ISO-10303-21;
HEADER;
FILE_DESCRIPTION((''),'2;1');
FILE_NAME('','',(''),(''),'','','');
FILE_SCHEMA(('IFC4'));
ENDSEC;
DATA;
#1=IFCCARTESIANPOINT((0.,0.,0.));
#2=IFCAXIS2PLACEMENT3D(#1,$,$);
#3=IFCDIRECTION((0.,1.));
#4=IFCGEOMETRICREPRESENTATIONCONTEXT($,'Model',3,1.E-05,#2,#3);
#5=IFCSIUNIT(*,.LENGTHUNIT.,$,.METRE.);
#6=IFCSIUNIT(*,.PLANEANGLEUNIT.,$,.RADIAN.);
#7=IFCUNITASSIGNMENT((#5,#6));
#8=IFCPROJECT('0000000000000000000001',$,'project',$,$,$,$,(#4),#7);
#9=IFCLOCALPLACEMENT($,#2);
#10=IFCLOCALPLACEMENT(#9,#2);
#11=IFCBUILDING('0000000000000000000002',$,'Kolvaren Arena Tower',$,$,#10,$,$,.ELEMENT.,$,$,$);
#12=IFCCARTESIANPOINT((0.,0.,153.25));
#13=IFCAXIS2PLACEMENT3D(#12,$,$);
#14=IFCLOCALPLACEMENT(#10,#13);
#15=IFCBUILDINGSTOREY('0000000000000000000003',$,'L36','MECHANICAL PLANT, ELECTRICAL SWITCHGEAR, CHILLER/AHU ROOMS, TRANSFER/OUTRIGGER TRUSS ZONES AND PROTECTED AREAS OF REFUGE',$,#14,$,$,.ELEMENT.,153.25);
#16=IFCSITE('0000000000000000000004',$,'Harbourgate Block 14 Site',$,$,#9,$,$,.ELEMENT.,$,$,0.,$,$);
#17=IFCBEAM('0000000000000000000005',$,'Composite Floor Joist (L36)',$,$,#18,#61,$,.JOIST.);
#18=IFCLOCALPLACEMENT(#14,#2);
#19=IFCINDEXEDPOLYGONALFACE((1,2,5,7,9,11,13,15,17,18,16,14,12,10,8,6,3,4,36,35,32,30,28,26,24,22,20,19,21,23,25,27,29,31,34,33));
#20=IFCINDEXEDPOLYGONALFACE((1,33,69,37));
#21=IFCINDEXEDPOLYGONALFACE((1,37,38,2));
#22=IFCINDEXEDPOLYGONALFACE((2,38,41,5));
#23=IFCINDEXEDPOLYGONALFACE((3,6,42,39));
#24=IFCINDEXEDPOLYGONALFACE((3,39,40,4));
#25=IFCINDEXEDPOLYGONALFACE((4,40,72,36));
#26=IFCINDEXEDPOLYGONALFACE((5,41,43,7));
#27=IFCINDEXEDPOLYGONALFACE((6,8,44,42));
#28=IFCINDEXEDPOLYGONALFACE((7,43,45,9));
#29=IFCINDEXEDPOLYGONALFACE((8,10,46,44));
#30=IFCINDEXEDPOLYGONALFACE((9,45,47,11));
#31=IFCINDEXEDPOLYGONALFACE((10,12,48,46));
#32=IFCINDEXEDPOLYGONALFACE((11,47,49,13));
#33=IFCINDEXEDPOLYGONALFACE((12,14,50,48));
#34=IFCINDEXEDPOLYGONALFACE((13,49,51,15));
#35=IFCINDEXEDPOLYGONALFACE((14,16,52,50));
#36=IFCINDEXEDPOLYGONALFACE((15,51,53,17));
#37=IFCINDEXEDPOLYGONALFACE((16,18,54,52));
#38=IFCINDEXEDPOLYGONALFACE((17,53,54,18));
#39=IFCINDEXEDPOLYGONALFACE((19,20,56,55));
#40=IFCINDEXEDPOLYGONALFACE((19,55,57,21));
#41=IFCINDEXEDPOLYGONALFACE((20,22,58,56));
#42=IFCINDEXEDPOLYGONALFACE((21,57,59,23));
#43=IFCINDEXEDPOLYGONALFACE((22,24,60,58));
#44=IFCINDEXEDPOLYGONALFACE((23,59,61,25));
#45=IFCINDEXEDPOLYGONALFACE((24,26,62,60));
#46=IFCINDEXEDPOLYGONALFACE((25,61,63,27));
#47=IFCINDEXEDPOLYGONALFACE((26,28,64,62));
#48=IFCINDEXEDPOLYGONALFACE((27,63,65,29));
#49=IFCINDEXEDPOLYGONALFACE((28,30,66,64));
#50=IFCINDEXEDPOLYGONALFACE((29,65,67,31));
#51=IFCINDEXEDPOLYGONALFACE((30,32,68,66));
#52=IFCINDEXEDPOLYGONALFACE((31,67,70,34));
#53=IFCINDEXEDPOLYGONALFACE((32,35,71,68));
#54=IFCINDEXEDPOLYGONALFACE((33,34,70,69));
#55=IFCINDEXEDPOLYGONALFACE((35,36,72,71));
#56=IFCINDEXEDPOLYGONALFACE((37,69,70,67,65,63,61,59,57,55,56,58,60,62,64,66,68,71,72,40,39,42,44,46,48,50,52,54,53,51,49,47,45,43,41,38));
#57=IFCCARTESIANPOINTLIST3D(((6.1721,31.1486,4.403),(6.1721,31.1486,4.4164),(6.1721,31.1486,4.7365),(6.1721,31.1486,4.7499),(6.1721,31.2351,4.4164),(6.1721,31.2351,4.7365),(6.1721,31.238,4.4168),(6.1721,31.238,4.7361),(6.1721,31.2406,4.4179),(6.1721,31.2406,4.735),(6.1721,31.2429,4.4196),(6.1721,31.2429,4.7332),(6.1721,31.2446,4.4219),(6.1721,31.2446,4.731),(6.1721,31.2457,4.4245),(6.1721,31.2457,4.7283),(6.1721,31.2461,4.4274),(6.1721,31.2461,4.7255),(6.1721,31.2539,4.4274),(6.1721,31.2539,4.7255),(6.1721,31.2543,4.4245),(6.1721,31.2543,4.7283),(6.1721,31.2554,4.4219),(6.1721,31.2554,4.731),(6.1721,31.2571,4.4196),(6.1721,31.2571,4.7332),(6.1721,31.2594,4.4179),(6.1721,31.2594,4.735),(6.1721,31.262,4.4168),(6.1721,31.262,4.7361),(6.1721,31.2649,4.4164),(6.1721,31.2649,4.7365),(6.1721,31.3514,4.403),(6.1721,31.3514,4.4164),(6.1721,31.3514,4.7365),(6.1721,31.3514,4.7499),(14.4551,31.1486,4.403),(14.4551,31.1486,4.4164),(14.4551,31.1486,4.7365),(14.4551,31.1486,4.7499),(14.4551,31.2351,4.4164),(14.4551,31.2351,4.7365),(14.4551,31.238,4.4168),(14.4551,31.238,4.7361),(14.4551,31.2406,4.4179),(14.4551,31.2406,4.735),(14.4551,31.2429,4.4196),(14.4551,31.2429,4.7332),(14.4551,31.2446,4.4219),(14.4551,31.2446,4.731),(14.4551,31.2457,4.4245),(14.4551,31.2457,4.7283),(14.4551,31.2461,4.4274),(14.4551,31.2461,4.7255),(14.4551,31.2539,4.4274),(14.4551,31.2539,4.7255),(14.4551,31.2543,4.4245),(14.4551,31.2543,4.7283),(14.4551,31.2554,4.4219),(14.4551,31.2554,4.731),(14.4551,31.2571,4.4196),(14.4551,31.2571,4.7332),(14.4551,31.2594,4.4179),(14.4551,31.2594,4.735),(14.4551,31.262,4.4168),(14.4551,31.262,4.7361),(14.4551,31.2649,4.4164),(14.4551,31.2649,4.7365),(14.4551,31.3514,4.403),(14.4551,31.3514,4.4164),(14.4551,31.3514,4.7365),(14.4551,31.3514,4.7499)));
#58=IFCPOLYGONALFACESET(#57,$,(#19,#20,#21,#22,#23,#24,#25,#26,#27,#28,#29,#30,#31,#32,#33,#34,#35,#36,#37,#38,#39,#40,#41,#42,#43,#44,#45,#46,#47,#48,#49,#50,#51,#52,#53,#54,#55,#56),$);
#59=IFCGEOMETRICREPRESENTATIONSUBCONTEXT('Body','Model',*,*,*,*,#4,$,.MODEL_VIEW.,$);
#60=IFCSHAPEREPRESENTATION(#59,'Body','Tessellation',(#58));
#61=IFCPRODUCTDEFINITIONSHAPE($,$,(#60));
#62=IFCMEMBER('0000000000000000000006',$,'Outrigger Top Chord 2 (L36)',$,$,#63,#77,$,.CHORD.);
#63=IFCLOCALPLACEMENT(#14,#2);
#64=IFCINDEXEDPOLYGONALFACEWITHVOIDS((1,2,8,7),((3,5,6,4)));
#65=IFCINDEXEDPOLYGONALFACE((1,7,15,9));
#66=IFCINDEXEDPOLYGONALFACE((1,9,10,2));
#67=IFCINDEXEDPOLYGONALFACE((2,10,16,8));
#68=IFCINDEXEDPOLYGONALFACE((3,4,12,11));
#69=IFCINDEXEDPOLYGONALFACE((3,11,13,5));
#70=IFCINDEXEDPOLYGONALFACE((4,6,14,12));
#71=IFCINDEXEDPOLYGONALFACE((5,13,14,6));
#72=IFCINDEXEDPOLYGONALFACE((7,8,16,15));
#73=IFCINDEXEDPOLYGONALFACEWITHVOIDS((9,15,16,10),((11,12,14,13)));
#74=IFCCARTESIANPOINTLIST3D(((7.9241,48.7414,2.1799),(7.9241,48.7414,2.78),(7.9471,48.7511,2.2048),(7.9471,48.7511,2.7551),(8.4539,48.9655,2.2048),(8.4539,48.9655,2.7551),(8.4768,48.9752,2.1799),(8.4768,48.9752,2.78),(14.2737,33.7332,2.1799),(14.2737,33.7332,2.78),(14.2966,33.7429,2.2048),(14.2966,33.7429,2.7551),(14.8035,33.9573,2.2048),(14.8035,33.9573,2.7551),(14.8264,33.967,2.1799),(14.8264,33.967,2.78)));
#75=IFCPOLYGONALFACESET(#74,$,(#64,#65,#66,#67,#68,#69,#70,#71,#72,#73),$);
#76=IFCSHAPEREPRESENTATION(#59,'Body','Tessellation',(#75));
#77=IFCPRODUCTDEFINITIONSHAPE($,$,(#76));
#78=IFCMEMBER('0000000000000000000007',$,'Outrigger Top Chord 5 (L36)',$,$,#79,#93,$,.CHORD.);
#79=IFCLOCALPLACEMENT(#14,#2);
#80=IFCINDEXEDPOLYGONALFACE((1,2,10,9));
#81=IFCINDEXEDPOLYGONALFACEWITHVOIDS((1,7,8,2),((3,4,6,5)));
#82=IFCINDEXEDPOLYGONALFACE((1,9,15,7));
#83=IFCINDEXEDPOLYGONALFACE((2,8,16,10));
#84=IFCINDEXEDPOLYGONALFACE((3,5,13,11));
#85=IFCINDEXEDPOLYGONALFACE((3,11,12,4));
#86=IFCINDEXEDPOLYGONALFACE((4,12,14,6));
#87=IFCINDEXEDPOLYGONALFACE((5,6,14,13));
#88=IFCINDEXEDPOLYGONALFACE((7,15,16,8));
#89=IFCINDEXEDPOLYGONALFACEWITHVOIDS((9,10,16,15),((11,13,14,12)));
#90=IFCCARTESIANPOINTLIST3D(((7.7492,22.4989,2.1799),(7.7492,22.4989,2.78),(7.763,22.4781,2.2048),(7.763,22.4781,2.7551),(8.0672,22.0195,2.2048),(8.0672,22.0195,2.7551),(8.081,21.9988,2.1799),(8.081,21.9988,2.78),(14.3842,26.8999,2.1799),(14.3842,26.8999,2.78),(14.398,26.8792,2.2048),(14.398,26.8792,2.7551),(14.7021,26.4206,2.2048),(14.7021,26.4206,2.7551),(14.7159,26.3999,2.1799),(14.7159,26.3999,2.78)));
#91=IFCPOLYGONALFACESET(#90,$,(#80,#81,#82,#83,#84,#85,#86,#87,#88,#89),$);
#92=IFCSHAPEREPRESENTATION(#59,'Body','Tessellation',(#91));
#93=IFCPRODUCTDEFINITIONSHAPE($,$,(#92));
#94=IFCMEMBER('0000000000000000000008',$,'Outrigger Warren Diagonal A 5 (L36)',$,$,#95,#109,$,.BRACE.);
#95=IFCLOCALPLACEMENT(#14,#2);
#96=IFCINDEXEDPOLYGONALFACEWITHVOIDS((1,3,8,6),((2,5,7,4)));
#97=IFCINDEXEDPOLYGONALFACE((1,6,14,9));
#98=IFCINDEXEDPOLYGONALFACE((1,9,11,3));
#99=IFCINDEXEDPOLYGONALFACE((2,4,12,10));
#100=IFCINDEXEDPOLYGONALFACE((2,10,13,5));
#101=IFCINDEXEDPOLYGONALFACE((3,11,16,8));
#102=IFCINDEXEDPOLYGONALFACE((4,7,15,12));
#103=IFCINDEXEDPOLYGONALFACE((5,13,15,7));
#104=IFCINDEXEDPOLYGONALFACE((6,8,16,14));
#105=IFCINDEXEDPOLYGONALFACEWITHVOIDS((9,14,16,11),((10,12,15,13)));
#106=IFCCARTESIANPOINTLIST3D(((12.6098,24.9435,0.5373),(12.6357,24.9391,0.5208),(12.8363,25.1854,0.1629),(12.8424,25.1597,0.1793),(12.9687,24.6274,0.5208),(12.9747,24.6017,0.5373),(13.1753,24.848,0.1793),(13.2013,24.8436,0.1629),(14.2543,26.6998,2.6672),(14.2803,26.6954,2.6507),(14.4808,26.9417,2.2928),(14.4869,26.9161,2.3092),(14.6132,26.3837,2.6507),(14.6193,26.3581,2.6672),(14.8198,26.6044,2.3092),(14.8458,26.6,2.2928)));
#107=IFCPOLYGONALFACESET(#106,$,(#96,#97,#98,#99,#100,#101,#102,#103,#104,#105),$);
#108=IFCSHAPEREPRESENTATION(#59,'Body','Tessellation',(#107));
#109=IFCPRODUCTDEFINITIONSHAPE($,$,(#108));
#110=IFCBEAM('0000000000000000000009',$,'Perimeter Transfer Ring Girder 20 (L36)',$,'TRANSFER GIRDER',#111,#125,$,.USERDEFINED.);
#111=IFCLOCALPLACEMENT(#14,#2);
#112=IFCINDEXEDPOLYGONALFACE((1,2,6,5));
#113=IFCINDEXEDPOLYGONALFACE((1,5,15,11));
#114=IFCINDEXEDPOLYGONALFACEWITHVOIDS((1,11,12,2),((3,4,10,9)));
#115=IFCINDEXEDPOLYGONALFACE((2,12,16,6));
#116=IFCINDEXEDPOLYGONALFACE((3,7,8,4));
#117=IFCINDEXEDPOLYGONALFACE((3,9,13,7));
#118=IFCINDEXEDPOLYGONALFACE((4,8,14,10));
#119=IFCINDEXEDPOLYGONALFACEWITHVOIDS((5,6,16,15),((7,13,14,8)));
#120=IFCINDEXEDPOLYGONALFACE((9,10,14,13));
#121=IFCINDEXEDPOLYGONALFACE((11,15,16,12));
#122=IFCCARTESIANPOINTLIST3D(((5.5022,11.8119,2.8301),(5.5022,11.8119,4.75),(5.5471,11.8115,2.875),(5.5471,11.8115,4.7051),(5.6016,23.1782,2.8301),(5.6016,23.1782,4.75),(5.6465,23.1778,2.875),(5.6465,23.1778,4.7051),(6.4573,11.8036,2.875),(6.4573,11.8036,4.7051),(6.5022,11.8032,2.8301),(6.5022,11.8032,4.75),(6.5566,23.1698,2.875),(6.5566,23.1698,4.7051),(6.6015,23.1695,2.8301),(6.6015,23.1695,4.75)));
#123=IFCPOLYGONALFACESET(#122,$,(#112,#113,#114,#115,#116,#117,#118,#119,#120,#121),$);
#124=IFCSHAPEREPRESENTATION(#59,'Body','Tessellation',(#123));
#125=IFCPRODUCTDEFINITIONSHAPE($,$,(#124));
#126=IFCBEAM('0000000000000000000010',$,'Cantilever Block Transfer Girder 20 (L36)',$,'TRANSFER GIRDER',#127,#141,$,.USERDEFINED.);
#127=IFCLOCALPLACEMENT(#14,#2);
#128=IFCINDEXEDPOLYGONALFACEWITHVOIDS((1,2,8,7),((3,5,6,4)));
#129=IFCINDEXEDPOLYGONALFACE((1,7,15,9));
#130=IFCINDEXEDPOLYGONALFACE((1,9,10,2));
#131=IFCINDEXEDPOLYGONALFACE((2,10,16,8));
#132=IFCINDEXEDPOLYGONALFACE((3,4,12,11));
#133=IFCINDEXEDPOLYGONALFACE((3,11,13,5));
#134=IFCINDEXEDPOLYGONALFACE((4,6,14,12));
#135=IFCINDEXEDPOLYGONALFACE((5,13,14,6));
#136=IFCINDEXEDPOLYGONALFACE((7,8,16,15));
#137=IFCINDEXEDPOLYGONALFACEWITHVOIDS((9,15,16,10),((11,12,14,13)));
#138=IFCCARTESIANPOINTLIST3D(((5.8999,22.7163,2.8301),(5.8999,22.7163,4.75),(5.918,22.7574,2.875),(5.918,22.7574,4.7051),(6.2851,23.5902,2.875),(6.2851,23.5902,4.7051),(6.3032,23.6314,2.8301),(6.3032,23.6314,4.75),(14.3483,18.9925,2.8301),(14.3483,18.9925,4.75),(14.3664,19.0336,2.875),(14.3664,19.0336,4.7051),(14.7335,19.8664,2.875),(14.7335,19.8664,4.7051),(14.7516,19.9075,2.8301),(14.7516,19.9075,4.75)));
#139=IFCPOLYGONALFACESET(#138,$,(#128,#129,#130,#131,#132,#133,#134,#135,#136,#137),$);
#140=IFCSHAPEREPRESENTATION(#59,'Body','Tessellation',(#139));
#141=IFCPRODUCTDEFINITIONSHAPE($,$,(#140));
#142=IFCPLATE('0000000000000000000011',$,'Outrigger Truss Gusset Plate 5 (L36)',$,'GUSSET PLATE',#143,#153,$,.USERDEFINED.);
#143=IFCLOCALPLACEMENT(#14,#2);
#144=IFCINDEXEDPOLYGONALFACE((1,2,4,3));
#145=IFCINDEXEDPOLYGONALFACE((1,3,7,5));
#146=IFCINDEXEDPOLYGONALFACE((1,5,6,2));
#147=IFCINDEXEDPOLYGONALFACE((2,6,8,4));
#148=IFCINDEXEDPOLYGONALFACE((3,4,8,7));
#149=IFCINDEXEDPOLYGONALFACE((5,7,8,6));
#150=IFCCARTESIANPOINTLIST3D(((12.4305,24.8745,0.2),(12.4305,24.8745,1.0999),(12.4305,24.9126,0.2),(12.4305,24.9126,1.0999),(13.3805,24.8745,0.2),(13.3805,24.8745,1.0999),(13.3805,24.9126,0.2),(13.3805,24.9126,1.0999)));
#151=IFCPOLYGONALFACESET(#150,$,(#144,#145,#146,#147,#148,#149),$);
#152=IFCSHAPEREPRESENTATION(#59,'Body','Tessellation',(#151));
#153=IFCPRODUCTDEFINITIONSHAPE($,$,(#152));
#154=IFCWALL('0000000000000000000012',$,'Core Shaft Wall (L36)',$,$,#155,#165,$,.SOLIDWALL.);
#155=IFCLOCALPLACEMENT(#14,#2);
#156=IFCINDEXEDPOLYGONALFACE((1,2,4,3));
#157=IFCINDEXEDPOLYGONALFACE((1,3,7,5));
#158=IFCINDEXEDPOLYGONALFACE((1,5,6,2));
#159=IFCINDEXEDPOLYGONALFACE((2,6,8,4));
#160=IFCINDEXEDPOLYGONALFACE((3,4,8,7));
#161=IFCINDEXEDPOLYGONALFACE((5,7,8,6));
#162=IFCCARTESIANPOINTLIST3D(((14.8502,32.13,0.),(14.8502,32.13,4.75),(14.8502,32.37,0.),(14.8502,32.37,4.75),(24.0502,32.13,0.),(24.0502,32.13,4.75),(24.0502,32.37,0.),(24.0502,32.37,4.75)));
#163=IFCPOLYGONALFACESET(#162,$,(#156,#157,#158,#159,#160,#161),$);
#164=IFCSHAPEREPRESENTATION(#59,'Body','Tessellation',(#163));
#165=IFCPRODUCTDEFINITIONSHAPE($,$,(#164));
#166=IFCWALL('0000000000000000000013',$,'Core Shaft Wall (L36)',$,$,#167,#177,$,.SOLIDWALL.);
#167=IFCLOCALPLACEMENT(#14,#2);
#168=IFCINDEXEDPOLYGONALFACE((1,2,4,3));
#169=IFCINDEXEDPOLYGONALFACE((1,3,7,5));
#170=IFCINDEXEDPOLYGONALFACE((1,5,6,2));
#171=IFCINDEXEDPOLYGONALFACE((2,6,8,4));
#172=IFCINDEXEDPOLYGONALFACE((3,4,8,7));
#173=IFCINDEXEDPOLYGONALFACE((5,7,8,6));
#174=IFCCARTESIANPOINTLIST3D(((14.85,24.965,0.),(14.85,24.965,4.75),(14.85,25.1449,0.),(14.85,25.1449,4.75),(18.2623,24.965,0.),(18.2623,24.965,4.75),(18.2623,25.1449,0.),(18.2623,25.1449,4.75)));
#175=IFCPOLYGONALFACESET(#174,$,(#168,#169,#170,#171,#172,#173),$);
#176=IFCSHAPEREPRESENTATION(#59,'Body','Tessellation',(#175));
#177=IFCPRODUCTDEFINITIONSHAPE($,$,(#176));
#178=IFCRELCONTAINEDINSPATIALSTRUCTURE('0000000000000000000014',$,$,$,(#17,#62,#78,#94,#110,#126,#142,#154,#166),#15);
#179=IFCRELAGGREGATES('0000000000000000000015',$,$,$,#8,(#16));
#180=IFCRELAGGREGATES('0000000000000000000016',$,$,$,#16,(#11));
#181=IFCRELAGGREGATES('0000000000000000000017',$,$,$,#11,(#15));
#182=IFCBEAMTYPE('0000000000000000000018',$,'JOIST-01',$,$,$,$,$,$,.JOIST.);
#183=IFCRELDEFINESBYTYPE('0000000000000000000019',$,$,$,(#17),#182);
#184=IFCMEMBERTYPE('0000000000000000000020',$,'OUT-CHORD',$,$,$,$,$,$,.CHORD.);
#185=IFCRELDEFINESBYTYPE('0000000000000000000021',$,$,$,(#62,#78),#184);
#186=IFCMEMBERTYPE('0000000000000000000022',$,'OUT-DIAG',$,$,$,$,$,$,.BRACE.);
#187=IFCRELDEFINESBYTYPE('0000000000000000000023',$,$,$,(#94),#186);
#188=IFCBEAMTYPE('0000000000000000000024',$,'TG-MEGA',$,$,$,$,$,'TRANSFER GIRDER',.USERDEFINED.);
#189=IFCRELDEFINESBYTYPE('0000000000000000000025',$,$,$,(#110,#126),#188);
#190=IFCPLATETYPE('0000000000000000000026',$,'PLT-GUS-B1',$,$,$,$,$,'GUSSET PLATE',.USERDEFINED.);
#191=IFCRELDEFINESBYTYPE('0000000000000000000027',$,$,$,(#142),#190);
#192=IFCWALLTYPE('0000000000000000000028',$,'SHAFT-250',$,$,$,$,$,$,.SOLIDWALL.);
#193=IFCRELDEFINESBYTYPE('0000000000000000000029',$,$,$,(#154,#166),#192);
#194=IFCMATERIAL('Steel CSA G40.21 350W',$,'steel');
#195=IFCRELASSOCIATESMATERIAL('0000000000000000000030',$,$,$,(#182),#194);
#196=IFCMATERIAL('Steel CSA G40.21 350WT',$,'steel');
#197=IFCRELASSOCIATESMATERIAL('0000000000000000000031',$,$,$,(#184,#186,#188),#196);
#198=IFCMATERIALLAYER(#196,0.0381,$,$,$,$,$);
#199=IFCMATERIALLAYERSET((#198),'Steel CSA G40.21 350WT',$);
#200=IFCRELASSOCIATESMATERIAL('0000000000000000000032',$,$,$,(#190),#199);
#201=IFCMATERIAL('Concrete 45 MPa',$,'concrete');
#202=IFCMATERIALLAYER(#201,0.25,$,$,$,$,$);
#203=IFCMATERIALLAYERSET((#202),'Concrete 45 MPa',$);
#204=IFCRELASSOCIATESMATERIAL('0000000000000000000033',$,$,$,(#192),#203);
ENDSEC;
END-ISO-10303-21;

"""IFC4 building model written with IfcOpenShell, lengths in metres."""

from ifc_helpers import new_model, si_unit, direction, frame, frame_2d, origin, origin_2d, place, context, subcontext, project, spatial, rectangle, hollow_rectangle, i_section, extrude, material, layer, layer_set, material_profile, profile_set, type_object, element, save


model = new_model("IFC4")

# Units and contexts
model_context = context("Model", 3, precision=1e-05, world=origin(), true_north=direction((0.0, 1.0)))
body_context = subcontext(model_context, "Body", "Model", "MODEL_VIEW")
ifc_project = project(units=[si_unit("LENGTHUNIT", "METRE"), si_unit("PLANEANGLEUNIT", "RADIAN")], contexts=[model_context])

# Site, building, storey
site_placement = place(None, origin())
site = spatial("IfcSite", under=ifc_project, at=site_placement, Name="Harbourgate Block 14 Site", CompositionType="ELEMENT", RefElevation=0.0)
building_placement = place(site_placement, origin())
building = spatial("IfcBuilding", under=site, at=building_placement, Name="Kolvaren Arena Tower", CompositionType="ELEMENT")
storey_placement = place(building_placement, frame((0.0, 0.0, 153.25)))
storey = spatial("IfcBuildingStorey", under=building, at=storey_placement, Name="L36", Description="MECHANICAL PLANT, ELECTRICAL SWITCHGEAR, CHILLER/AHU ROOMS, TRANSFER/OUTRIGGER TRUSS ZONES AND PROTECTED AREAS OF REFUGE", CompositionType="ELEMENT", Elevation=153.25)

# Shared definitions
ifc_material_1 = material(Name="Steel CSA G40.21 350W", Category="steel")

# Shared definitions
ifc_material_2 = material(Name="Steel CSA G40.21 350WT", Category="steel")

# Beam
ifc_material_profile_1 = material_profile(ifc_material_1, i_section(OverallWidth=0.2029, OverallDepth=0.3469, WebThickness=0.0078, FlangeThickness=0.0134, FilletRadius=0.011, at=origin_2d()), Name="W360x64")
ifc_profile_set_1 = profile_set([ifc_material_profile_1], Name="Steel CSA G40.21 350W")
beam_type_1 = type_object("IfcBeamType", Name="JOIST-01", PredefinedType="JOIST", material=ifc_profile_set_1)
beam_1_placement = place(storey_placement, frame((6.1721, 31.25, 4.5764), z_axis=(1.0, 0.0, 0.0), x_axis=(0.0, 1.0, 0.0)))
element("IfcBeam", 1, at=beam_1_placement, inside=storey, type_object=beam_type_1, Name="Composite Floor Joist (L36)", PredefinedType="JOIST", context=body_context, shape_type="SweptSolid", body=[
    extrude(i_section(OverallWidth=0.2029, OverallDepth=0.3469, WebThickness=0.0078, FlangeThickness=0.0134, FilletRadius=0.011, at=origin_2d()), origin(), (0.0, 0.0, 1.0), 8.283),
])

# Members
ifc_material_profile_2 = material_profile(ifc_material_2, hollow_rectangle(XDim=0.6001, YDim=0.6001, WallThickness=0.0249, at=origin_2d()), Name="HSS 600x600x25")
ifc_profile_set_2 = profile_set([ifc_material_profile_2], Name="Steel CSA G40.21 350WT")
member_type_1 = type_object("IfcMemberType", Name="OUT-CHORD", PredefinedType="CHORD", material=ifc_profile_set_2)
member_1_placement = place(storey_placement, frame((14.55, 33.8501, 2.48), z_axis=(-0.389637, 0.920968, 0.0), x_axis=(-0.920968, -0.389637, 0.0)))
element("IfcMember", 2, at=member_1_placement, inside=storey, type_object=member_type_1, Name="Outrigger Top Chord 2 (L36)", PredefinedType="CHORD", context=body_context, shape_type="SweptSolid", body=[
    extrude(hollow_rectangle(XDim=0.6001, YDim=0.6001, WallThickness=0.0249, at=origin_2d()), origin(), (0.0, 0.0, 1.0), 16.2961),
])
member_2_placement = place(storey_placement, frame((14.55, 26.6499, 2.48), z_axis=(-0.833336, -0.552767, 0.0), x_axis=(0.552767, -0.833336, 0.0)))
element("IfcMember", 3, at=member_2_placement, inside=storey, type_object=member_type_1, Name="Outrigger Top Chord 5 (L36)", PredefinedType="CHORD", context=body_context, shape_type="SweptSolid", body=[
    extrude(hollow_rectangle(XDim=0.6001, YDim=0.6001, WallThickness=0.0249, at=origin_2d()), origin(), (0.0, 0.0, 1.0), 7.9619),
])
ifc_material_profile_3 = material_profile(ifc_material_2, hollow_rectangle(XDim=0.5, YDim=0.5, WallThickness=0.022, at=origin_2d()), Name="HSS 500x500x22")
ifc_profile_set_3 = profile_set([ifc_material_profile_3], Name="Steel CSA G40.21 350WT")
member_type_2 = type_object("IfcMemberType", Name="OUT-DIAG", PredefinedType="BRACE", material=ifc_profile_set_3)
member_3_placement = place(storey_placement, frame((14.55, 26.6499, 2.48), z_axis=(-0.51178, -0.546578, -0.662822), x_axis=(0.729961, -0.683489, 0.0)))
element("IfcMember", 4, at=member_3_placement, inside=storey, type_object=member_type_2, Name="Outrigger Warren Diagonal A 5 (L36)", PredefinedType="BRACE", context=body_context, shape_type="SweptSolid", body=[
    extrude(hollow_rectangle(XDim=0.5, YDim=0.5, WallThickness=0.022, at=origin_2d()), origin(), (0.0, 0.0, 1.0), 3.2134),
])

# Beams
ifc_material_profile_4 = material_profile(ifc_material_2, hollow_rectangle(XDim=1.0, YDim=1.9199, WallThickness=0.0449, at=origin_2d()), Name="BOX 1000x1920x45")
ifc_profile_set_4 = profile_set([ifc_material_profile_4], Name="Steel CSA G40.21 350WT")
beam_type_2 = type_object("IfcBeamType", Name="TG-MEGA", ElementType="TRANSFER GIRDER", PredefinedType="USERDEFINED", material=ifc_profile_set_4)
beam_2_placement = place(storey_placement, frame((6.1016, 23.1738, 3.79), z_axis=(-0.008742, -0.999962, 0.0), x_axis=(0.999962, -0.008742, 0.0)))
element("IfcBeam", 5, at=beam_2_placement, inside=storey, type_object=beam_type_2, Name="Perimeter Transfer Ring Girder 20 (L36)", ObjectType="TRANSFER GIRDER", PredefinedType="USERDEFINED", context=body_context, shape_type="SweptSolid", body=[
    extrude(hollow_rectangle(XDim=1.0, YDim=1.9199, WallThickness=0.0449, at=origin_2d()), origin(), (0.0, 0.0, 1.0), 11.3667),
])
beam_3_placement = place(storey_placement, frame((6.1016, 23.1738, 3.79), z_axis=(0.915054, -0.403332, 0.0), x_axis=(0.403332, 0.915054, 0.0)))
element("IfcBeam", 6, at=beam_3_placement, inside=storey, type_object=beam_type_2, Name="Cantilever Block Transfer Girder 20 (L36)", ObjectType="TRANSFER GIRDER", PredefinedType="USERDEFINED", context=body_context, shape_type="SweptSolid", body=[
    extrude(hollow_rectangle(XDim=1.0, YDim=1.9199, WallThickness=0.0449, at=origin_2d()), origin(), (0.0, 0.0, 1.0), 9.2327),
])

# Plate
ifc_layer_1 = layer(ifc_material_2, 0.0381)
ifc_layer_set_1 = layer_set([ifc_layer_1], Name="Steel CSA G40.21 350WT")
plate_type = type_object("IfcPlateType", Name="PLT-GUS-B1", ElementType="GUSSET PLATE", PredefinedType="USERDEFINED", material=ifc_layer_set_1)
plate_placement = place(storey_placement, frame((12.9055, 24.8936, 0.2), z_axis=(0.0, 0.0, 1.0), x_axis=(1.0, 0.0, 0.0)))
element("IfcPlate", 7, at=plate_placement, inside=storey, type_object=plate_type, Name="Outrigger Truss Gusset Plate 5 (L36)", ObjectType="GUSSET PLATE", PredefinedType="USERDEFINED", context=body_context, shape_type="SweptSolid", body=[
    extrude(rectangle(XDim=0.95, YDim=0.0381, at=origin_2d()), origin(), (0.0, 0.0, 1.0), 0.8999),
])

# Walls
ifc_material_3 = material(Name="Concrete 45 MPa", Category="concrete")
ifc_layer_2 = layer(ifc_material_3, 0.25)
ifc_layer_set_2 = layer_set([ifc_layer_2], Name="Concrete 45 MPa")
wall_type = type_object("IfcWallType", Name="SHAFT-250", PredefinedType="SOLIDWALL", material=ifc_layer_set_2)
wall_1_placement = place(storey_placement, frame((14.8501, 32.25, 0.0), z_axis=(0.0, 0.0, 1.0), x_axis=(1.0, 0.0, 0.0)))
element("IfcWall", 8, at=wall_1_placement, inside=storey, type_object=wall_type, Name="Core Shaft Wall (L36)", PredefinedType="SOLIDWALL", context=body_context, shape_type="SweptSolid", body=[
    extrude(rectangle(XDim=9.2, YDim=0.24, at=frame_2d((4.6001, 0.0))), origin(), (0.0, 0.0, 1.0), 4.75),
])
for number, where, z_axis, x_axis, name in (
    (9, (14.8501, 25.0549, 0.0), (0.0, 0.0, 1.0), (1.0, 0.0, 0.0), "Core Shaft Wall (L36)"),
):
    element("IfcWall", number, at=place(storey_placement, frame(where, z_axis=z_axis, x_axis=x_axis)), inside=storey, type_object=wall_type, Name=name, PredefinedType="SOLIDWALL", context=body_context, shape_type="SweptSolid", body=[
        extrude(rectangle(XDim=3.4124, YDim=0.1799, at=frame_2d((1.7061, 0.0))), origin(), (0.0, 0.0, 1.0), 4.75),
    ])

save(model, "model.ifc")
